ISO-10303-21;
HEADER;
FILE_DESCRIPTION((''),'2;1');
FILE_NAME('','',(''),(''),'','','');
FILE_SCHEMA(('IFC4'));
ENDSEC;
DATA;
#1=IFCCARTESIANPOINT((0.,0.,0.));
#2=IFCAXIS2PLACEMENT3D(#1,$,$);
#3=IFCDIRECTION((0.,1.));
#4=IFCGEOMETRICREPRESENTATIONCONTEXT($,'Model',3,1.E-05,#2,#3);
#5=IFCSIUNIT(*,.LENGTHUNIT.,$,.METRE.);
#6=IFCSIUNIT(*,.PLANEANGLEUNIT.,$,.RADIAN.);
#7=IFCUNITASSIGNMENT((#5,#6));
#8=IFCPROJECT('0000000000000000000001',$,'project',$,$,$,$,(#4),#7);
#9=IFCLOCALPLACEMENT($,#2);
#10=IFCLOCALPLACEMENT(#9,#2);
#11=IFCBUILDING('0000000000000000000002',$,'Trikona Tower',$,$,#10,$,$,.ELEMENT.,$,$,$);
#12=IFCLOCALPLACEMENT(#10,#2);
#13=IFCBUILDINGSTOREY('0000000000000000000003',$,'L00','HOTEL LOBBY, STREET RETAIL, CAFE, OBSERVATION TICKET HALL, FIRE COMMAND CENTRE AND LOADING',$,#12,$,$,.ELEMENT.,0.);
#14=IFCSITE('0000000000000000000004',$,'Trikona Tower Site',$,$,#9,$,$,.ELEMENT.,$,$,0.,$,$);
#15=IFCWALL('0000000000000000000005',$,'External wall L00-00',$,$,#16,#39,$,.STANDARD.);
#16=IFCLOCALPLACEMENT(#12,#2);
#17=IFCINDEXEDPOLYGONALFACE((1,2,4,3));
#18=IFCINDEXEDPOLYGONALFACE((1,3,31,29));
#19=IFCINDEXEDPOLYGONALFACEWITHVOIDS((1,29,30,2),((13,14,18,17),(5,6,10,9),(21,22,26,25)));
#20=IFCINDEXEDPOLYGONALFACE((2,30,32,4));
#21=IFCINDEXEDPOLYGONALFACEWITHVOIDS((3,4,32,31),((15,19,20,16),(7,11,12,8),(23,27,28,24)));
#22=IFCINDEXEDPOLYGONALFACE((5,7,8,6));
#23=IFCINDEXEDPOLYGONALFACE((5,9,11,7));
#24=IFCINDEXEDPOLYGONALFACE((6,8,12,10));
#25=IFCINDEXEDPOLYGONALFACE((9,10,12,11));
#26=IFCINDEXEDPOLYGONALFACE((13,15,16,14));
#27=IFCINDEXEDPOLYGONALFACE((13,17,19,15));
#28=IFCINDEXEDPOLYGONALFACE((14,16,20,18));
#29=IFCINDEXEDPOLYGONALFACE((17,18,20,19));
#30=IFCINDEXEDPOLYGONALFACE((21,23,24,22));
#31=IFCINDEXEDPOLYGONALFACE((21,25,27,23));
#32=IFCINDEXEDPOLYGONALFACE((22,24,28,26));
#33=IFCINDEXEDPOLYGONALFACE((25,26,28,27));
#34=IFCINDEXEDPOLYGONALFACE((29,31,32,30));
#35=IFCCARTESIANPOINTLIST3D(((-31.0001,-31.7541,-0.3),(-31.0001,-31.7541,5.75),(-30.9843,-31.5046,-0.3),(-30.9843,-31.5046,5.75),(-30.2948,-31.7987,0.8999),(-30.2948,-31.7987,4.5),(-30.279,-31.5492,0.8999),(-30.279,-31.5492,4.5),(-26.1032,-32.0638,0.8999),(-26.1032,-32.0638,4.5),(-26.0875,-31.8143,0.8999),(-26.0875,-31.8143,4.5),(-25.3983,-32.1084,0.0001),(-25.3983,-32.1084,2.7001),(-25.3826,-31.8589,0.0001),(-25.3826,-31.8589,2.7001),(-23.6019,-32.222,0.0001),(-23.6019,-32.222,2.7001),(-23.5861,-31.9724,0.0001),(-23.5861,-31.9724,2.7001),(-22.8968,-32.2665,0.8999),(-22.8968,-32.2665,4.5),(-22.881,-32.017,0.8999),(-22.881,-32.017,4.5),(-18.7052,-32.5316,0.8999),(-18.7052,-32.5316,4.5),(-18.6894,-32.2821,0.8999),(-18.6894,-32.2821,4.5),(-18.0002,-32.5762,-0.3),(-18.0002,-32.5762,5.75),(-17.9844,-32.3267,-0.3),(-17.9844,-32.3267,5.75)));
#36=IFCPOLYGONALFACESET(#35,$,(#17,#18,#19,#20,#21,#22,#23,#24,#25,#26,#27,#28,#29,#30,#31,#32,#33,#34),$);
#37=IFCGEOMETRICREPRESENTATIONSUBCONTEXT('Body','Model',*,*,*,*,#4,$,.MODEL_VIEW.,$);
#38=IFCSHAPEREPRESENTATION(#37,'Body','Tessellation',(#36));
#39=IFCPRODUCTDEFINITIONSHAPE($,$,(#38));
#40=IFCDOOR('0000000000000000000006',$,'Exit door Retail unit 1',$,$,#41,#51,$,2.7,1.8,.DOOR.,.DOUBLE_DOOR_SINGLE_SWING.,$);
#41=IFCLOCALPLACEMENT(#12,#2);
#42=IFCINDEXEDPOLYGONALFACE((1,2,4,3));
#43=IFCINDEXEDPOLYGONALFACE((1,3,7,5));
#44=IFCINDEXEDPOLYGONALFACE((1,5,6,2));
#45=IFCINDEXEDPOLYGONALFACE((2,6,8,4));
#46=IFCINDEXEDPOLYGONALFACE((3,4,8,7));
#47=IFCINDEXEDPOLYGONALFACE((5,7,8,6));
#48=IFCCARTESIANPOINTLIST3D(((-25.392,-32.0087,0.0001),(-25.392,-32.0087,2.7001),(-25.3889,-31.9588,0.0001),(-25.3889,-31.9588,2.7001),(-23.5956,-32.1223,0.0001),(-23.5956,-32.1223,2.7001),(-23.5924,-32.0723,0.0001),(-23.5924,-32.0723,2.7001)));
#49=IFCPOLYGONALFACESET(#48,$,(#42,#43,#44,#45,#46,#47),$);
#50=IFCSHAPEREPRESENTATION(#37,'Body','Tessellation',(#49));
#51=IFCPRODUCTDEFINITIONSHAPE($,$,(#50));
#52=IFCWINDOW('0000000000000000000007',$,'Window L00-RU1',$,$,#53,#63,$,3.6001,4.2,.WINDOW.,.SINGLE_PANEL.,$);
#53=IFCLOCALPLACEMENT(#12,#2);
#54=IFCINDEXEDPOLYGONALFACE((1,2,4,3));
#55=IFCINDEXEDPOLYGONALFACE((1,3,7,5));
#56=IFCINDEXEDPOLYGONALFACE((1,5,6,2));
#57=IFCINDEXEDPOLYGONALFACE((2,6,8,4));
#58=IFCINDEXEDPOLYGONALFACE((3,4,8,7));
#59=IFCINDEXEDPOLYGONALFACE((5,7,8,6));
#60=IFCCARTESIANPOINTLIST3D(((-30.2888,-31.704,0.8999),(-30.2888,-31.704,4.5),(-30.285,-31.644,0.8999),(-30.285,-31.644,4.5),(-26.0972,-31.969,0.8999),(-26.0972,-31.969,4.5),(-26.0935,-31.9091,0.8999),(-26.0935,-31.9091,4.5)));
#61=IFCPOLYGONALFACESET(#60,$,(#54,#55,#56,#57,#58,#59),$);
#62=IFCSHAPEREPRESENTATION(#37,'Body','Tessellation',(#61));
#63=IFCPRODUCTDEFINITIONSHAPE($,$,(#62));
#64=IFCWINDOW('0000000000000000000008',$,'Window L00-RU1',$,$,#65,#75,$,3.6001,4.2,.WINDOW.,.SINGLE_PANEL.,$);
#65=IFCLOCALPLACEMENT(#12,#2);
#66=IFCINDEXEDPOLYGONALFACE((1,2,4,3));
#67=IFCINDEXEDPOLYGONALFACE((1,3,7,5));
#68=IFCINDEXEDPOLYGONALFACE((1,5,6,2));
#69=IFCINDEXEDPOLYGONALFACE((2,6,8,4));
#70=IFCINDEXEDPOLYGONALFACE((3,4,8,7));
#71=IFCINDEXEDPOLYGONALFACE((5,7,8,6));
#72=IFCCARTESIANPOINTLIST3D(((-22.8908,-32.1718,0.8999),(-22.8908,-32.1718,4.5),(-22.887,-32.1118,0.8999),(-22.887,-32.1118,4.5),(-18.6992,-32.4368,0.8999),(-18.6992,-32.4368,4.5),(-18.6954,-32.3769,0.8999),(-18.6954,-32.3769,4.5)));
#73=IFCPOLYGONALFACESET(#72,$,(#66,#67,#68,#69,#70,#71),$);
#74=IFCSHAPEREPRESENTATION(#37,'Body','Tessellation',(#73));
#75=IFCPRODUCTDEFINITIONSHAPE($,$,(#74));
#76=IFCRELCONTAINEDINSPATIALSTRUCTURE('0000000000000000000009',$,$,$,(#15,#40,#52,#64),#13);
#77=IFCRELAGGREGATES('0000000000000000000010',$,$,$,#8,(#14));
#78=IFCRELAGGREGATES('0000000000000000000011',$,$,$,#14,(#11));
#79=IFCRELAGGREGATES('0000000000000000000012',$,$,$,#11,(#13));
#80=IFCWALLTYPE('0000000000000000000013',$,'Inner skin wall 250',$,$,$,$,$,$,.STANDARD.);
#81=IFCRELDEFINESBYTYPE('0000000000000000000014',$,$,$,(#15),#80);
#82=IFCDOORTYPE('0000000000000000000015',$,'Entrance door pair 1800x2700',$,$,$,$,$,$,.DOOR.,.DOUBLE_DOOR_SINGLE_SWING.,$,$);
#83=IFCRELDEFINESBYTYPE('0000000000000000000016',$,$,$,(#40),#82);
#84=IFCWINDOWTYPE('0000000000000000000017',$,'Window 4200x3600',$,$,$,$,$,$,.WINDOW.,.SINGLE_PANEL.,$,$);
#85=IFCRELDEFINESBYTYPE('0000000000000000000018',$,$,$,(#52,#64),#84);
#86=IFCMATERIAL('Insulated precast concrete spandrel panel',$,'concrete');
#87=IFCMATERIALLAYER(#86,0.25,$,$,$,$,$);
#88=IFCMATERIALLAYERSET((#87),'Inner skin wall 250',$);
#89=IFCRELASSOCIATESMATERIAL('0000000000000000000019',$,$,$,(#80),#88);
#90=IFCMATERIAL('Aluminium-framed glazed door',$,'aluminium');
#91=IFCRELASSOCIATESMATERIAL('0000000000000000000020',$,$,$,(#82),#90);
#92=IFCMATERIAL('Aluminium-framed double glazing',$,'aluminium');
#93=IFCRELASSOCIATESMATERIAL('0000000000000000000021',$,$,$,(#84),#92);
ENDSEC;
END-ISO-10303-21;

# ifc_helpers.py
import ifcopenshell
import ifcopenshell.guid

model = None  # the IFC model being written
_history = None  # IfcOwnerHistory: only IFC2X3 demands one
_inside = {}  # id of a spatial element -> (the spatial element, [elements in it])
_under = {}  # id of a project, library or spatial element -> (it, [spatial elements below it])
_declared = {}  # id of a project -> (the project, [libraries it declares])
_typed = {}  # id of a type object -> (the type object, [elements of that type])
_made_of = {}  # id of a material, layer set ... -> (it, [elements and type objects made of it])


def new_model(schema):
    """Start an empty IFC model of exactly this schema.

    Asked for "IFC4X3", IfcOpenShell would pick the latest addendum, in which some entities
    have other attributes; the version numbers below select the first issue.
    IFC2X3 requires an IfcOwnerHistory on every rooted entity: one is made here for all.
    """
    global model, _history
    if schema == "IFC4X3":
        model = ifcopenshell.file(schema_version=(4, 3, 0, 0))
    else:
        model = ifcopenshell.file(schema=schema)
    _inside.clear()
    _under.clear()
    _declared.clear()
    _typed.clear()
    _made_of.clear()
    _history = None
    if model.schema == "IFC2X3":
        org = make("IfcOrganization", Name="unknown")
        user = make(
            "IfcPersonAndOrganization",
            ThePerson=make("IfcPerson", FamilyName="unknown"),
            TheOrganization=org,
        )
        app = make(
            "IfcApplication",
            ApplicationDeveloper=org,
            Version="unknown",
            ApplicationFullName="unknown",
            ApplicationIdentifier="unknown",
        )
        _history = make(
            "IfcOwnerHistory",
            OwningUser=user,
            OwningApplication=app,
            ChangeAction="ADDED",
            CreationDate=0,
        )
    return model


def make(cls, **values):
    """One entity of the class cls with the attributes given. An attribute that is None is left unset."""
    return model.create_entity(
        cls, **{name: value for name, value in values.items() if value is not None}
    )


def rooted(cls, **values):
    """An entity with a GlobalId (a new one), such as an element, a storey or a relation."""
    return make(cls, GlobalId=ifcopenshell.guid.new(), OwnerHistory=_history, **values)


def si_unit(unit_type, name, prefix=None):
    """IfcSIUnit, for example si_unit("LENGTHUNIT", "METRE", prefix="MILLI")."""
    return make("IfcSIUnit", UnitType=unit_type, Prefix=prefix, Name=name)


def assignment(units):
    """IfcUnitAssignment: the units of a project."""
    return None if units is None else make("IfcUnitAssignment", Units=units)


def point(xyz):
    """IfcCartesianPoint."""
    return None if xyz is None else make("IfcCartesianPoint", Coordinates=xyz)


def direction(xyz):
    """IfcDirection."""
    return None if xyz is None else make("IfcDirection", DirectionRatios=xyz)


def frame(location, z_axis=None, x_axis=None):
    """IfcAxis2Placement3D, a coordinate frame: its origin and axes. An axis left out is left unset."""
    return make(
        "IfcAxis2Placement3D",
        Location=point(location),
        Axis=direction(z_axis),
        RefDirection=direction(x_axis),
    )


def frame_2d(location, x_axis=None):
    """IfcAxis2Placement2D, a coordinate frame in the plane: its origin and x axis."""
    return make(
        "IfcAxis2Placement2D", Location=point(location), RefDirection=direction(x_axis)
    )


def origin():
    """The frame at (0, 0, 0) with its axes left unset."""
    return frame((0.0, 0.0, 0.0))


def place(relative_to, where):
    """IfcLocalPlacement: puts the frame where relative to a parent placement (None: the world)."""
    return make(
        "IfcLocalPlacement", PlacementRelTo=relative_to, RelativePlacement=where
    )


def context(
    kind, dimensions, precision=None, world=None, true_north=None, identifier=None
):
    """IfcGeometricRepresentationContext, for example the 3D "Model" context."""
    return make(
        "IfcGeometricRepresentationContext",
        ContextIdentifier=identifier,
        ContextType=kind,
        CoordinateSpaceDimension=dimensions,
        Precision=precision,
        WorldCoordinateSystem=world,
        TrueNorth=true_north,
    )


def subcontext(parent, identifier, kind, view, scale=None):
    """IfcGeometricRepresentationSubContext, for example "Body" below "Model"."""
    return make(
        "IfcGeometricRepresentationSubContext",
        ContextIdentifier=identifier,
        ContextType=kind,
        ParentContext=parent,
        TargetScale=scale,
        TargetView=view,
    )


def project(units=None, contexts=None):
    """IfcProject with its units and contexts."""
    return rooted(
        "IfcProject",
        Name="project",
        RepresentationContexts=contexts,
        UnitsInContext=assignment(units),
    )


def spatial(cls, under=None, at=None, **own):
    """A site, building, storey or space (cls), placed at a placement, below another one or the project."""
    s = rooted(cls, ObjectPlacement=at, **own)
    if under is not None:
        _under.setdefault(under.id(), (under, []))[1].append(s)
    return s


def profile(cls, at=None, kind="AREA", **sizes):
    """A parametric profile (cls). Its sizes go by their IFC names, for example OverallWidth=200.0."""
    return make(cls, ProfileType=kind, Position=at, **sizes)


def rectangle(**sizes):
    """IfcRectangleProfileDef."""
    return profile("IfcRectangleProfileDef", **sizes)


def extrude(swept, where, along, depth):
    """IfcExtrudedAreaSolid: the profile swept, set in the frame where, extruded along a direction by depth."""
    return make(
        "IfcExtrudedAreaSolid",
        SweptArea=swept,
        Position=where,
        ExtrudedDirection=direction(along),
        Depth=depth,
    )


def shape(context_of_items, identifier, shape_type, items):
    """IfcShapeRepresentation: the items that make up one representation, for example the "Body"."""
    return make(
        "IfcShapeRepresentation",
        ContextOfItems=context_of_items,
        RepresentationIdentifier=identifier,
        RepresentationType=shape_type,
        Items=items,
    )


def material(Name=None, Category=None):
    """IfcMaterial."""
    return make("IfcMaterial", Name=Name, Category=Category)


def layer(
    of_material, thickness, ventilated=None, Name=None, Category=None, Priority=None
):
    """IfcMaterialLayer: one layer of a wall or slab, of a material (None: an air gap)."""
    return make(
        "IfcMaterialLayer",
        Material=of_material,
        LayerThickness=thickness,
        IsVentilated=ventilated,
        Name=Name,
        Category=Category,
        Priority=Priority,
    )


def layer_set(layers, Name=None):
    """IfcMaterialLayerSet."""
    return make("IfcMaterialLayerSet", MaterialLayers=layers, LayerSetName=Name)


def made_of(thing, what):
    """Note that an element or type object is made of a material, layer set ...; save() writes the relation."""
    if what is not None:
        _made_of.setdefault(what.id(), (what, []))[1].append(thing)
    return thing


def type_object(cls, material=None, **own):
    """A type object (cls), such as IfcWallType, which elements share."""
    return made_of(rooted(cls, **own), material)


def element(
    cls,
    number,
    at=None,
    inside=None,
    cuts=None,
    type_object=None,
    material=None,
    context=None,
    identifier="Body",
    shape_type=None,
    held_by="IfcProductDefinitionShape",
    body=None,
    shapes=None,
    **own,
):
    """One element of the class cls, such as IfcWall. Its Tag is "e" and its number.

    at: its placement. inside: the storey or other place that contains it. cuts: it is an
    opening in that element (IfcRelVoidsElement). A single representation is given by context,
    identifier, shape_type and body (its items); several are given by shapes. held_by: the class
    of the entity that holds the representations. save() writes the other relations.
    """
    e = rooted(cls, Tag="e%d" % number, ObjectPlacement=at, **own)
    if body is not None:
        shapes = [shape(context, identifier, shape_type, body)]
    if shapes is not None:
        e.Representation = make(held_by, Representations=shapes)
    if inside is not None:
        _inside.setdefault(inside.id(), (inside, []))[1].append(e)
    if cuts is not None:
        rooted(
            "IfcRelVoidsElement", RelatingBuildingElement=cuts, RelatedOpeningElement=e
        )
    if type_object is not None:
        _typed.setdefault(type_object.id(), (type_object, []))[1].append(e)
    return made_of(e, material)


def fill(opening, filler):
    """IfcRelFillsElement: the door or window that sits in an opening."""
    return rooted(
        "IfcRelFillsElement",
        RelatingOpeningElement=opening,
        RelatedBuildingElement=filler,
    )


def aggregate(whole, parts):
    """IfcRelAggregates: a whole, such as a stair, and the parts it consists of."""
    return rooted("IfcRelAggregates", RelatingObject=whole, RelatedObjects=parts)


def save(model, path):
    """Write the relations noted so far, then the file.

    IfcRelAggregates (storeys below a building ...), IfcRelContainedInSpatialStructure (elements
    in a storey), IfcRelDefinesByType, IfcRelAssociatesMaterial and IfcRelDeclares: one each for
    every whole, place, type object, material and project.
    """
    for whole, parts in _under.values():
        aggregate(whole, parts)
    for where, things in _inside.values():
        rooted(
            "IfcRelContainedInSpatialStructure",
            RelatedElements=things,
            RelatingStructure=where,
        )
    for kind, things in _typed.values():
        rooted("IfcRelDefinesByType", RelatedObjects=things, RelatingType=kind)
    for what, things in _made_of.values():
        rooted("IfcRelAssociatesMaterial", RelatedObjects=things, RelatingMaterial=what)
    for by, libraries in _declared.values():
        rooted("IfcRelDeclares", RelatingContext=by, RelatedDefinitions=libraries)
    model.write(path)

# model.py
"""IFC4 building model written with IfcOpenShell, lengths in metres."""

from ifc_helpers import new_model, si_unit, direction, frame, frame_2d, origin, place, context, subcontext, project, spatial, rectangle, extrude, material, layer, layer_set, type_object, element, fill, save


model = new_model("IFC4")

# Units and contexts
model_context = context("Model", 3, precision=1e-05, world=origin(), true_north=direction((0.0, 1.0)))
body_context = subcontext(model_context, "Body", "Model", "MODEL_VIEW")
ifc_project = project(units=[si_unit("LENGTHUNIT", "METRE"), si_unit("PLANEANGLEUNIT", "RADIAN")], contexts=[model_context])

# Site, building, storey
site_placement = place(None, origin())
site = spatial("IfcSite", under=ifc_project, at=site_placement, Name="Trikona Tower Site", CompositionType="ELEMENT", RefElevation=0.0)
building_placement = place(site_placement, origin())
building = spatial("IfcBuilding", under=site, at=building_placement, Name="Trikona Tower", CompositionType="ELEMENT")
storey_placement = place(building_placement, origin())
storey = spatial("IfcBuildingStorey", under=building, at=storey_placement, Name="L00", Description="HOTEL LOBBY, STREET RETAIL, CAFE, OBSERVATION TICKET HALL, FIRE COMMAND CENTRE AND LOADING", CompositionType="ELEMENT", Elevation=0.0)

# Wall, openings, door, windows
ifc_material_1 = material(Name="Insulated precast concrete spandrel panel", Category="concrete")
ifc_layer = layer(ifc_material_1, 0.25)
ifc_layer_set = layer_set([ifc_layer], Name="Inner skin wall 250")
wall_type = type_object("IfcWallType", Name="Inner skin wall 250", PredefinedType="STANDARD", material=ifc_layer_set)
wall_placement = place(storey_placement, frame((-30.9922, -31.6294, -0.3), z_axis=(0.0, 0.0, 1.0), x_axis=(0.998007, -0.063106, 0.0)))
wall = element("IfcWall", 1, at=wall_placement, inside=storey, type_object=wall_type, Name="External wall L00-00", PredefinedType="STANDARD", context=body_context, shape_type="SweptSolid", body=[
    extrude(rectangle(XDim=13.0259, YDim=0.25, at=frame_2d((6.5129, 0.0))), origin(), (0.0, 0.0, 1.0), 6.05),
])
opening_1_placement = place(wall_placement, frame((5.613, 0.0, 0.3)))
opening_1 = element("IfcOpeningElement", 2, at=opening_1_placement, cuts=wall, PredefinedType="OPENING", context=body_context, shape_type="SweptSolid", body=[
    extrude(rectangle(XDim=1.8, YDim=2.7, at=frame_2d((0.8999, 1.3501))), frame((0.0, 0.135, 0.0), z_axis=(0.0, -1.0, 0.0), x_axis=(1.0, 0.0, 0.0)), (0.0, 0.0, 1.0), 0.27),
])
opening_2_placement = place(wall_placement, frame((0.7065, 0.0, 1.2)))
opening_2 = element("IfcOpeningElement", 3, at=opening_2_placement, cuts=wall, PredefinedType="OPENING", context=body_context, shape_type="SweptSolid", body=[
    extrude(rectangle(XDim=4.2, YDim=3.6001, at=frame_2d((2.1001, 1.8))), frame((0.0, 0.135, 0.0), z_axis=(0.0, -1.0, 0.0), x_axis=(1.0, 0.0, 0.0)), (0.0, 0.0, 1.0), 0.27),
])
opening_3_placement = place(wall_placement, frame((8.1194, 0.0, 1.2)))
opening_3 = element("IfcOpeningElement", 4, at=opening_3_placement, cuts=wall, PredefinedType="OPENING", context=body_context, shape_type="SweptSolid", body=[
    extrude(rectangle(XDim=4.2, YDim=3.6001, at=frame_2d((2.1001, 1.8))), frame((0.0, 0.135, 0.0), z_axis=(0.0, -1.0, 0.0), x_axis=(1.0, 0.0, 0.0)), (0.0, 0.0, 1.0), 0.27),
])
ifc_material_2 = material(Name="Aluminium-framed glazed door", Category="aluminium")
door_type = type_object("IfcDoorType", Name="Entrance door pair 1800x2700", OperationType="DOUBLE_DOOR_SINGLE_SWING", PredefinedType="DOOR", material=ifc_material_2)
door_placement = place(opening_1_placement, origin())
door = element("IfcDoor", 5, at=door_placement, inside=storey, type_object=door_type, Name="Exit door Retail unit 1", OperationType="DOUBLE_DOOR_SINGLE_SWING", OverallHeight=2.7, OverallWidth=1.8, PredefinedType="DOOR", context=body_context, shape_type="SweptSolid", body=[
    extrude(rectangle(XDim=1.8, YDim=2.7, at=frame_2d((0.8999, 1.3501))), frame((0.0, 0.0249, 0.0), z_axis=(0.0, -1.0, 0.0), x_axis=(1.0, 0.0, 0.0)), (0.0, 0.0, 1.0), 0.05),
])
fill(opening_1, door)
ifc_material_3 = material(Name="Aluminium-framed double glazing", Category="aluminium")
window_type = type_object("IfcWindowType", Name="Window 4200x3600", PartitioningType="SINGLE_PANEL", PredefinedType="WINDOW", material=ifc_material_3)
window_1_placement = place(opening_2_placement, origin())
window_1 = element("IfcWindow", 6, at=window_1_placement, inside=storey, type_object=window_type, Name="Window L00-RU1", OverallHeight=3.6001, OverallWidth=4.2, PartitioningType="SINGLE_PANEL", PredefinedType="WINDOW", context=body_context, shape_type="SweptSolid", body=[
    extrude(rectangle(XDim=4.2, YDim=3.6001, at=frame_2d((2.1001, 1.8))), frame((0.0, 0.03, 0.0), z_axis=(0.0, -1.0, 0.0), x_axis=(1.0, 0.0, 0.0)), (0.0, 0.0, 1.0), 0.0601),
])
fill(opening_2, window_1)
window_2_placement = place(opening_3_placement, origin())
window_2 = element("IfcWindow", 7, at=window_2_placement, inside=storey, type_object=window_type, Name="Window L00-RU1", OverallHeight=3.6001, OverallWidth=4.2, PartitioningType="SINGLE_PANEL", PredefinedType="WINDOW", context=body_context, shape_type="SweptSolid", body=[
    extrude(rectangle(XDim=4.2, YDim=3.6001, at=frame_2d((2.1001, 1.8))), frame((0.0, 0.03, 0.0), z_axis=(0.0, -1.0, 0.0), x_axis=(1.0, 0.0, 0.0)), (0.0, 0.0, 1.0), 0.0601),
])
fill(opening_3, window_2)

save(model, "model.ifc")
